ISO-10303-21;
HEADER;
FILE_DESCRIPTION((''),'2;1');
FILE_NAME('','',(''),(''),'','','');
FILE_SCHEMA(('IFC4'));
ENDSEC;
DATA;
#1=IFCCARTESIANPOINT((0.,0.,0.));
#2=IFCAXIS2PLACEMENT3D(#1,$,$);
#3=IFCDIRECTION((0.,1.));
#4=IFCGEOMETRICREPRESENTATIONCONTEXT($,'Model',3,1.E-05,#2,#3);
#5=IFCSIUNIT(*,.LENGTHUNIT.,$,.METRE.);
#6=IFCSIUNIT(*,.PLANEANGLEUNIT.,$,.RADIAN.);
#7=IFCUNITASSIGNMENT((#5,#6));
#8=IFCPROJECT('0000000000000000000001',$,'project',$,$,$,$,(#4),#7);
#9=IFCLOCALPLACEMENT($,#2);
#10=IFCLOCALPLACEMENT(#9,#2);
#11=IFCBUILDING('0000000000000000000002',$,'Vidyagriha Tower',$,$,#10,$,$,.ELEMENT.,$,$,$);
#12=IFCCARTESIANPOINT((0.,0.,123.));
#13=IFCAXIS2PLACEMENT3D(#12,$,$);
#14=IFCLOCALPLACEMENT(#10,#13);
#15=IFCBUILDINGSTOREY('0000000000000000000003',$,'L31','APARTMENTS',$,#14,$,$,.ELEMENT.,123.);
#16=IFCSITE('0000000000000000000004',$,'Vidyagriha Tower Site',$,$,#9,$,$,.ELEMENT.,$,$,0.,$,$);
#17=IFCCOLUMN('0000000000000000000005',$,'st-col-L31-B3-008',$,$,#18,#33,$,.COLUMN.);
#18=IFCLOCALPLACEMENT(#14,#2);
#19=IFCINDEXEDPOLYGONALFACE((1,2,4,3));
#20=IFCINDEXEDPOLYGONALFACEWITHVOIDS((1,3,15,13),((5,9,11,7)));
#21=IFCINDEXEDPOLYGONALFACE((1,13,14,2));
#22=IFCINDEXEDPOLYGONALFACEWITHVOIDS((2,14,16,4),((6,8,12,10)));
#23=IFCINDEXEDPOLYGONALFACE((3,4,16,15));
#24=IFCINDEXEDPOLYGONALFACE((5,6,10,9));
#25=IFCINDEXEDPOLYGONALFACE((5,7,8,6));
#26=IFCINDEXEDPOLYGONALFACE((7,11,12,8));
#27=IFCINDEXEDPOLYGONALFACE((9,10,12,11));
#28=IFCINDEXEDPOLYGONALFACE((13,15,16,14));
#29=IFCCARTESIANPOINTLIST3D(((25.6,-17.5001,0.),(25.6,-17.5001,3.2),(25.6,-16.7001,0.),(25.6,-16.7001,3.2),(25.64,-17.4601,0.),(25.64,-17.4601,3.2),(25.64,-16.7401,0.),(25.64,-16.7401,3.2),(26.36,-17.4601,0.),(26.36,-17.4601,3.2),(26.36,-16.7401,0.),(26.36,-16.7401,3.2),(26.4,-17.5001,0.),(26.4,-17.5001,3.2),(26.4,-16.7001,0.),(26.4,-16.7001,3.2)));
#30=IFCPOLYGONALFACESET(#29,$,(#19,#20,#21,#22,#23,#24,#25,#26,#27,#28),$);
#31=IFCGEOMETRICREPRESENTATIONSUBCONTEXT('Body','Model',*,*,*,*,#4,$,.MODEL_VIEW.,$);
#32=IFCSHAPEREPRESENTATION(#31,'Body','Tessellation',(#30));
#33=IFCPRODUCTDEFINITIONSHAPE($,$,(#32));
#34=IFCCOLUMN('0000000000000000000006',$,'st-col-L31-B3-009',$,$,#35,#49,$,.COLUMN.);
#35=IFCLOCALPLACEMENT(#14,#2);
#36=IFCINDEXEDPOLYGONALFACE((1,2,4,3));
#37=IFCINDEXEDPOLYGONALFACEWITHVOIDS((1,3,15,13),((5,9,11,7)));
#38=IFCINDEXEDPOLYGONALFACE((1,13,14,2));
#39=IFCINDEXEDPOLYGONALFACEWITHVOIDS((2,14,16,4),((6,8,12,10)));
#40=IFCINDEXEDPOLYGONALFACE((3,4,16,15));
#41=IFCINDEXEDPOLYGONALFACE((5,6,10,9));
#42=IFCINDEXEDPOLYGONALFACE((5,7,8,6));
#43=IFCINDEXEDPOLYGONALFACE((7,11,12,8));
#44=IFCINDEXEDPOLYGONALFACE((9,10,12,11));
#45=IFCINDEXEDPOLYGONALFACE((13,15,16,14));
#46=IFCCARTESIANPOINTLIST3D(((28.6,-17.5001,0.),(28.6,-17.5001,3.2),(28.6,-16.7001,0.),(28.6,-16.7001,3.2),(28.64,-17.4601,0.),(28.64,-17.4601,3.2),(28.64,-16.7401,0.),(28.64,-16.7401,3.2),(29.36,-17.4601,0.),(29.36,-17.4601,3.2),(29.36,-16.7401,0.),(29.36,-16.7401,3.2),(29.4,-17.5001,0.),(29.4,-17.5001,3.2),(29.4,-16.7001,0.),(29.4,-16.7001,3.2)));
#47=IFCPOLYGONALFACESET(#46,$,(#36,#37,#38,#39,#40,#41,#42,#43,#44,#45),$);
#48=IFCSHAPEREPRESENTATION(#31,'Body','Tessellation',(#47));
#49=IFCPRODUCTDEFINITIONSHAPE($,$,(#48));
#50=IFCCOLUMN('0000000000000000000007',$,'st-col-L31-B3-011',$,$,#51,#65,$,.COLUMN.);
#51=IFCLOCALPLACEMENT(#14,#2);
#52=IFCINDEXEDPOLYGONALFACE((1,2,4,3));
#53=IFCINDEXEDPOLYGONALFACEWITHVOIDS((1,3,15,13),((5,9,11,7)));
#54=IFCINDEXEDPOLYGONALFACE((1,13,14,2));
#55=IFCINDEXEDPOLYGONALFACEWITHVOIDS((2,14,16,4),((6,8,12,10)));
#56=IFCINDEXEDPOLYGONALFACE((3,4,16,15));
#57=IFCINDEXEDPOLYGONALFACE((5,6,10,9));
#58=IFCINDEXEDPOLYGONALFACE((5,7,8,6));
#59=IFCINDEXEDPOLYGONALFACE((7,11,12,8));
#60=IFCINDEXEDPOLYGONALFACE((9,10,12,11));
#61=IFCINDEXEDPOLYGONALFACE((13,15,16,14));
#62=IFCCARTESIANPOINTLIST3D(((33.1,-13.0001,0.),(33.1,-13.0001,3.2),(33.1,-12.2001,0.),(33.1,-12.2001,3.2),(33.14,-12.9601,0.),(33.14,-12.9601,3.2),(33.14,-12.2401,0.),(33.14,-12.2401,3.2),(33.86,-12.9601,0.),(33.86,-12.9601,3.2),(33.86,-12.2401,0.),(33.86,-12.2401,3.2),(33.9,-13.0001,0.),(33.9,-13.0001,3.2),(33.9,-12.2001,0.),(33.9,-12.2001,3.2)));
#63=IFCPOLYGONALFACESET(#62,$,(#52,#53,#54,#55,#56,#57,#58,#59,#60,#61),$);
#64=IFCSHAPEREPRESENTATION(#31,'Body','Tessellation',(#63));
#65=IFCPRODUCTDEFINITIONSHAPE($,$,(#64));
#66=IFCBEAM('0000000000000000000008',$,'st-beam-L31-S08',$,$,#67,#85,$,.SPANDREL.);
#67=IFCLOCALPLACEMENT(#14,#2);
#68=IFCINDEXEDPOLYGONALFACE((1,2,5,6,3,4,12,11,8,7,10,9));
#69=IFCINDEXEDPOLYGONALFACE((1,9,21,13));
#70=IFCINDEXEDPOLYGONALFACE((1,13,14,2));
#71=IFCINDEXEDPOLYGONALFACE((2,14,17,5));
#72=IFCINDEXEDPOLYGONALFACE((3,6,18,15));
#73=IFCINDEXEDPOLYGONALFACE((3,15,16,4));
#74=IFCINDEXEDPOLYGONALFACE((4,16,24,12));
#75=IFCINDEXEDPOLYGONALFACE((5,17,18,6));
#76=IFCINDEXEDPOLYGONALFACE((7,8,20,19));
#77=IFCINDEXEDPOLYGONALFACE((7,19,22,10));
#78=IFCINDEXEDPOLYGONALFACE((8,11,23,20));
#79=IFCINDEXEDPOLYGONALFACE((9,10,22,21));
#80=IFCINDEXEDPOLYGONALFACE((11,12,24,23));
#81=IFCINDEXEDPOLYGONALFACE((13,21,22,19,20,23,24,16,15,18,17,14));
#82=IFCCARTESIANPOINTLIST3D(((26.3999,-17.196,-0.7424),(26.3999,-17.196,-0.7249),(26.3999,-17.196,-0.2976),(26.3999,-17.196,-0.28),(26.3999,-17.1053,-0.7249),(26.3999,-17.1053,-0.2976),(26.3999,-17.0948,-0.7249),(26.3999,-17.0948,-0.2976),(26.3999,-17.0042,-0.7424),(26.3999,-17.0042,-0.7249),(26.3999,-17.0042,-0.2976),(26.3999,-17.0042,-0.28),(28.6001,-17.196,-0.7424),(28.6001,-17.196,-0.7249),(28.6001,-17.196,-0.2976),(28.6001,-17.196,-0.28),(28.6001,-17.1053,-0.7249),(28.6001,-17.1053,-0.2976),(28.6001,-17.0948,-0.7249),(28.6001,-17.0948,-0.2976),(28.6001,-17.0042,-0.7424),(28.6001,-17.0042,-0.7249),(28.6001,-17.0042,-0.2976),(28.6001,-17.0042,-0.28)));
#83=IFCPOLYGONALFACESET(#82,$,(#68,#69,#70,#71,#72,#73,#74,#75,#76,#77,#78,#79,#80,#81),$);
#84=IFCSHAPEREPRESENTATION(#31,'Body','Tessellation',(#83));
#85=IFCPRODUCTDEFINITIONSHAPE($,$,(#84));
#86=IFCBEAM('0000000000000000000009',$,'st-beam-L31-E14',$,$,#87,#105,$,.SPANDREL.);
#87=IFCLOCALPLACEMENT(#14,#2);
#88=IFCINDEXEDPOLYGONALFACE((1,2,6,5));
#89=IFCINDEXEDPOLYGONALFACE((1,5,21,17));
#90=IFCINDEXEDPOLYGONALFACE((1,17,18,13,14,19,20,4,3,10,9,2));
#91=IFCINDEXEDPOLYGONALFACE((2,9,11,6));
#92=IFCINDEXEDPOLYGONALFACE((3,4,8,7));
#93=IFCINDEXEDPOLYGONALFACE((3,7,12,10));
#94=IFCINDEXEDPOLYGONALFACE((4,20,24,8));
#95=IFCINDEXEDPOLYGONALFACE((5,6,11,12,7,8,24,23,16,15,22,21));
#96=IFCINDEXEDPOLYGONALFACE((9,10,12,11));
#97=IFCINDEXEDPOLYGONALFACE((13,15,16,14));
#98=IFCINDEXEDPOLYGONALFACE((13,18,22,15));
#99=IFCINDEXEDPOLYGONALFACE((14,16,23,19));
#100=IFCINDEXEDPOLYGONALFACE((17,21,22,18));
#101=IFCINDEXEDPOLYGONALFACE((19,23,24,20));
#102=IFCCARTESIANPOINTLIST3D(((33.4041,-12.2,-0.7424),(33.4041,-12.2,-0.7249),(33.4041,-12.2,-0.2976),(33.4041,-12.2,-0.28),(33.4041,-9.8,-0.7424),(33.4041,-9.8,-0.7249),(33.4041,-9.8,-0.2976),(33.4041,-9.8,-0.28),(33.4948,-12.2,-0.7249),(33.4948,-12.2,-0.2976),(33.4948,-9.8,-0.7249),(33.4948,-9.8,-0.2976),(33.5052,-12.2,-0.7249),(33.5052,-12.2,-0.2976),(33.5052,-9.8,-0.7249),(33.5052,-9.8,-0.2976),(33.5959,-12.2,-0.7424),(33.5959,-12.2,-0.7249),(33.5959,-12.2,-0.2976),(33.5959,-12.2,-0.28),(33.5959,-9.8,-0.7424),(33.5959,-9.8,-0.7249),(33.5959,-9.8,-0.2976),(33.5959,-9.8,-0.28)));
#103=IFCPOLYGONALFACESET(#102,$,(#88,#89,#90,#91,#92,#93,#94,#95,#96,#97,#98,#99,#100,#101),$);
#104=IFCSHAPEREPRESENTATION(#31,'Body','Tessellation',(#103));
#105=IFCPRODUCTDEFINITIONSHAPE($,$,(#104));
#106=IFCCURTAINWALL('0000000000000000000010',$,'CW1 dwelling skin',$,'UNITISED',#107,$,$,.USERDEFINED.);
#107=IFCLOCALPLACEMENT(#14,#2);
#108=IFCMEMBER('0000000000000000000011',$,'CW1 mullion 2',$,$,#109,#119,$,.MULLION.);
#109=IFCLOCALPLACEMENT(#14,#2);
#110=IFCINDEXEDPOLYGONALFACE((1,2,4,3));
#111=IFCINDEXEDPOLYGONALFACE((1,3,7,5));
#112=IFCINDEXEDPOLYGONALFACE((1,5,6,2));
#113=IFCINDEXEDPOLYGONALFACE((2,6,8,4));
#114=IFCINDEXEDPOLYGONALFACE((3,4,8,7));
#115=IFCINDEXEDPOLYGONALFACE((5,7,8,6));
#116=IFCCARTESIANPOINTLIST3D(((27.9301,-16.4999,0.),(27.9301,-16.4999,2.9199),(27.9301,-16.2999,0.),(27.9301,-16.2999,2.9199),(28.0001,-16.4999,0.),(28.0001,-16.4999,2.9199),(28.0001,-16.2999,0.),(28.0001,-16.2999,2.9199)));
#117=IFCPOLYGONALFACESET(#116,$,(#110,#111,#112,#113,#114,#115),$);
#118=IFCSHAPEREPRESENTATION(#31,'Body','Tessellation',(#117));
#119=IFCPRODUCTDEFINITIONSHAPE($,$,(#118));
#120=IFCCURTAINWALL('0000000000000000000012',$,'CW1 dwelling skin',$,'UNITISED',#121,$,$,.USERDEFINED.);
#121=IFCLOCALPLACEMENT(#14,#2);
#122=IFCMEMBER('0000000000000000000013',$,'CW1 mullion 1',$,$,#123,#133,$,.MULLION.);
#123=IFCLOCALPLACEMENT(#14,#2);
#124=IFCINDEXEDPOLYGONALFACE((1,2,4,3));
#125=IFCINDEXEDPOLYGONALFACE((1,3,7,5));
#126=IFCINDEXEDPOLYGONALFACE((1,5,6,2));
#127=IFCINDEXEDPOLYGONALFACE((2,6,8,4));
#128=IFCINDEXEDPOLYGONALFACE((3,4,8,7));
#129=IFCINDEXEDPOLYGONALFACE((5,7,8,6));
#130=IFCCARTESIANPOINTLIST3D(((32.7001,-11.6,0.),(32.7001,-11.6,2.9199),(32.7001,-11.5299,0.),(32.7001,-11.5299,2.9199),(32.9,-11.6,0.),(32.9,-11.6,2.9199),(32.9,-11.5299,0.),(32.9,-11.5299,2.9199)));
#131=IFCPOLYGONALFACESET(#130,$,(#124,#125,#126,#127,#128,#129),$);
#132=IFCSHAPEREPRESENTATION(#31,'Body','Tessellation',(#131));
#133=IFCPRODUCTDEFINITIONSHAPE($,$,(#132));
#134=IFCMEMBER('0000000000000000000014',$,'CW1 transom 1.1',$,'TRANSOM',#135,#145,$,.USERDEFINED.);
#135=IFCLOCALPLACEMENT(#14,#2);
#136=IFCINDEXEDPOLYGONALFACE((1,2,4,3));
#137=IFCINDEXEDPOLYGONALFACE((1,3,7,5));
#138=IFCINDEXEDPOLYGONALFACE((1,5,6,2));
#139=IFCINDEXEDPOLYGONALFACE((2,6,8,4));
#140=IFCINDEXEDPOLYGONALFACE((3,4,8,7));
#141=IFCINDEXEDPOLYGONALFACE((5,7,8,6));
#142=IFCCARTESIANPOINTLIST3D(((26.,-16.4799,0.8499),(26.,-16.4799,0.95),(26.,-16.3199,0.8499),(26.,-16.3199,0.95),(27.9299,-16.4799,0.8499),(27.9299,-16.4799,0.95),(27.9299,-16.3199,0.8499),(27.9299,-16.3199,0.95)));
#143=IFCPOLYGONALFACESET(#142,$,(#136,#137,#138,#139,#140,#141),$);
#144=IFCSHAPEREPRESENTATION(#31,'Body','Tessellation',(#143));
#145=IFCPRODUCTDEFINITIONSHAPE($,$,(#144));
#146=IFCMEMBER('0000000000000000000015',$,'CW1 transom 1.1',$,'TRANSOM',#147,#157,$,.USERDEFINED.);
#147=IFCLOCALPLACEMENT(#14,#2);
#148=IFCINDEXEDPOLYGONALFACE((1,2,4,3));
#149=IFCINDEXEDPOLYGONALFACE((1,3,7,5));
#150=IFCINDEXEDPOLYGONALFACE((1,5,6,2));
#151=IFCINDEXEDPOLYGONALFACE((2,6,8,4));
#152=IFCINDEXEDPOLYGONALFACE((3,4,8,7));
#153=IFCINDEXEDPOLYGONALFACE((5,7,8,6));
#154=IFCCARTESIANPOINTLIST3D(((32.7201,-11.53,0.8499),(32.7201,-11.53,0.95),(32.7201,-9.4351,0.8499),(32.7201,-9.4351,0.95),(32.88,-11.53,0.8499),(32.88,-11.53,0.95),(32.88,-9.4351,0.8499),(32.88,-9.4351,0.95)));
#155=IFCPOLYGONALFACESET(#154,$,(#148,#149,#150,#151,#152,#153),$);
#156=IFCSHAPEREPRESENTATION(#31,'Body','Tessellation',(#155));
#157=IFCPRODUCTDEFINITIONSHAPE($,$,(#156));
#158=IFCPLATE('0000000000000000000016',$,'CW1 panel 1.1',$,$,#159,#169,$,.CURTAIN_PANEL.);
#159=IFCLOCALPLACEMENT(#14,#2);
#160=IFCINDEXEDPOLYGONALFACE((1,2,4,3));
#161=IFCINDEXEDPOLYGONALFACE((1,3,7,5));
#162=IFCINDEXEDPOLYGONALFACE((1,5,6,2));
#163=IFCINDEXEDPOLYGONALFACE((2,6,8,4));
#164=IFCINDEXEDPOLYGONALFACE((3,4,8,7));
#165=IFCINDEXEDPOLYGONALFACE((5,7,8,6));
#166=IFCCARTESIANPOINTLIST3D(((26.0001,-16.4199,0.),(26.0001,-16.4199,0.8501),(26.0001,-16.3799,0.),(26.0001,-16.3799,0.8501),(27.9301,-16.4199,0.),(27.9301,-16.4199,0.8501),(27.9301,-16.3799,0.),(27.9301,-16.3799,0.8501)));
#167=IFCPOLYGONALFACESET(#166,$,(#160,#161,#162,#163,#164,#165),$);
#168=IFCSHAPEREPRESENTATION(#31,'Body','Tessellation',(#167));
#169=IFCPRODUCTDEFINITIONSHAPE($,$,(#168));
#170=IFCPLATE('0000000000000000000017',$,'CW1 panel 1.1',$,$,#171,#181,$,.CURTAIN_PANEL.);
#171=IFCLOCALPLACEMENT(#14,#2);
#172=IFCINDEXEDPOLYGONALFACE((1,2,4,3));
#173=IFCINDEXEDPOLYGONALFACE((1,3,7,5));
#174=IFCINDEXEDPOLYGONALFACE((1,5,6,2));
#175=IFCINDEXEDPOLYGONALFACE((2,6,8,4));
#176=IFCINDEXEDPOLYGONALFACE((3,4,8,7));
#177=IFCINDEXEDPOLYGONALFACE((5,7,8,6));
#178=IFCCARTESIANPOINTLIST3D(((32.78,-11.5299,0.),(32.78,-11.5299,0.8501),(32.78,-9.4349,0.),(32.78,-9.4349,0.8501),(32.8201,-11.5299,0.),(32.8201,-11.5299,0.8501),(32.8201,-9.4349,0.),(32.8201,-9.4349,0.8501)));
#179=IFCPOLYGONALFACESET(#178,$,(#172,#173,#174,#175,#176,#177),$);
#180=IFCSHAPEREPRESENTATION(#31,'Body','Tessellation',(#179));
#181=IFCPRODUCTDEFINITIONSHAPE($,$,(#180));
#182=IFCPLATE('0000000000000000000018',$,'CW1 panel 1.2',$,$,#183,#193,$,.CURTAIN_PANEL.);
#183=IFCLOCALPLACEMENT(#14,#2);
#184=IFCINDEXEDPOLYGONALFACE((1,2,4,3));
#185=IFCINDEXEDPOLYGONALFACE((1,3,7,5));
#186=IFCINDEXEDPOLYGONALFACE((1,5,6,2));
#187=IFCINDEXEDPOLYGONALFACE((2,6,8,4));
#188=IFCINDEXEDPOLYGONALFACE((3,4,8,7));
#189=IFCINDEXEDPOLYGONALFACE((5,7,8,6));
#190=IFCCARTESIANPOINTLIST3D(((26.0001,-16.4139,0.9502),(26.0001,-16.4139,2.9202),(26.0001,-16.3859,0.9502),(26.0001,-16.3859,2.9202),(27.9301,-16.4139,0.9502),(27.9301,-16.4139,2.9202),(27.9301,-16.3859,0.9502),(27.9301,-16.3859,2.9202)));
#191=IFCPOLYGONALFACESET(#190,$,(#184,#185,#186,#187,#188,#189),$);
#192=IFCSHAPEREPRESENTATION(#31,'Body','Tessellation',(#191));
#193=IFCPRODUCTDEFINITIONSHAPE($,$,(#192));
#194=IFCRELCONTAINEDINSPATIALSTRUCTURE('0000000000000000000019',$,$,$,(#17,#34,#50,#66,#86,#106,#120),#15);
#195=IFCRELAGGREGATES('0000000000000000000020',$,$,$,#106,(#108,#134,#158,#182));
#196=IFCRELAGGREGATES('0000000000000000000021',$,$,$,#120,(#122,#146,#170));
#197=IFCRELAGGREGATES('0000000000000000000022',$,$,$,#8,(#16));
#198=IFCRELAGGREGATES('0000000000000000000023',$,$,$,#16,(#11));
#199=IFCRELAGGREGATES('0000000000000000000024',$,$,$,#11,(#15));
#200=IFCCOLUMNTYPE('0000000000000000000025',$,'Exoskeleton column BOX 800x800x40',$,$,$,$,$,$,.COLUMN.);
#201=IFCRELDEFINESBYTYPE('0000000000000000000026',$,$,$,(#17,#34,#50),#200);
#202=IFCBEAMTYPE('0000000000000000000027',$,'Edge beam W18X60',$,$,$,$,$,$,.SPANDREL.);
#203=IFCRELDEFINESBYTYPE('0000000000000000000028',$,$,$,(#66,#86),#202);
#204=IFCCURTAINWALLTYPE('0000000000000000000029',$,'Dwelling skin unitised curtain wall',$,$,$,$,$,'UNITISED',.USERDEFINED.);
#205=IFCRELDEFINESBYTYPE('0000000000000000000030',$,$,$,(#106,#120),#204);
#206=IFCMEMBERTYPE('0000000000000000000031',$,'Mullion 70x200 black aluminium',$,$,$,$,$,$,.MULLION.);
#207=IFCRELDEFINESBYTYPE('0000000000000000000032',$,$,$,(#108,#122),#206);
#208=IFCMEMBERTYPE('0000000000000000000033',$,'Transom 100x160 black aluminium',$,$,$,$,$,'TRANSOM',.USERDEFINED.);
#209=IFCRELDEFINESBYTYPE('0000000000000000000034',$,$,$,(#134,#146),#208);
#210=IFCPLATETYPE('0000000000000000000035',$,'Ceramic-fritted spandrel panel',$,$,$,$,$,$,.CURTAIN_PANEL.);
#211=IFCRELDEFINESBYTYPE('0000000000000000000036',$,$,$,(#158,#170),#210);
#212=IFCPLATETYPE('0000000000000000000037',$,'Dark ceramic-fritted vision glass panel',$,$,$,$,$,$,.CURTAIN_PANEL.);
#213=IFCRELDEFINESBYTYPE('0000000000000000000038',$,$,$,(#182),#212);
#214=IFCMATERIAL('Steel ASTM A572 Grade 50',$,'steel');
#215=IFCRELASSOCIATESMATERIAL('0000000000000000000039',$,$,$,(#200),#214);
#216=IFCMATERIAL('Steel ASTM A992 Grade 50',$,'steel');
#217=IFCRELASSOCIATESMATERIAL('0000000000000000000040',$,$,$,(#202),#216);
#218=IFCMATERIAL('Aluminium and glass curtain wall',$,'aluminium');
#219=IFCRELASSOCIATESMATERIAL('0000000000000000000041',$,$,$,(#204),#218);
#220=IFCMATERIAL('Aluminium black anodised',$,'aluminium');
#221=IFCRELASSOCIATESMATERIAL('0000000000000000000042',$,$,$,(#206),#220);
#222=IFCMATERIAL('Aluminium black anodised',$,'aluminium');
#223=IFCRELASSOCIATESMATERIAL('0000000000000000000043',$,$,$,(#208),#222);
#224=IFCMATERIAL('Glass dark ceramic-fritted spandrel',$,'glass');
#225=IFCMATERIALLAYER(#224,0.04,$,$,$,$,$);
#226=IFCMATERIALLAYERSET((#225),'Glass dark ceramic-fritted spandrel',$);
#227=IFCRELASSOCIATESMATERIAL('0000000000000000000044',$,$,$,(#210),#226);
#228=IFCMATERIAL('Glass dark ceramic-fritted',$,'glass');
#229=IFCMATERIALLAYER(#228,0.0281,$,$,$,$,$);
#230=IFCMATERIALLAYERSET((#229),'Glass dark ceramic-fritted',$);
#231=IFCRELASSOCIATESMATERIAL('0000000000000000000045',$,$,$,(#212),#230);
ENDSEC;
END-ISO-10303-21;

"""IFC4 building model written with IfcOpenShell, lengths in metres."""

from ifc_helpers import new_model, si_unit, direction, frame, origin, origin_2d, place, context, subcontext, project, spatial, rectangle, hollow_rectangle, i_section, extrude, material, layer, layer_set, material_profile, profile_set, type_object, element, aggregate, save


model = new_model("IFC4")

# Units and contexts
model_context = context("Model", 3, precision=1e-05, world=origin(), true_north=direction((0.0, 1.0)))
body_context = subcontext(model_context, "Body", "Model", "MODEL_VIEW")
ifc_project = project(units=[si_unit("LENGTHUNIT", "METRE"), si_unit("PLANEANGLEUNIT", "RADIAN")], contexts=[model_context])

# Site, building, storey
site_placement = place(None, origin())
site = spatial("IfcSite", under=ifc_project, at=site_placement, Name="Vidyagriha Tower Site", CompositionType="ELEMENT", RefElevation=0.0)
building_placement = place(site_placement, origin())
building = spatial("IfcBuilding", under=site, at=building_placement, Name="Vidyagriha Tower", CompositionType="ELEMENT")
storey_placement = place(building_placement, frame((0.0, 0.0, 123.0)))
storey = spatial("IfcBuildingStorey", under=building, at=storey_placement, Name="L31", Description="APARTMENTS", CompositionType="ELEMENT", Elevation=123.0)

# Columns
ifc_material_1 = material(Name="Steel ASTM A572 Grade 50", Category="steel")
ifc_material_profile_1 = material_profile(ifc_material_1, hollow_rectangle(XDim=0.8, YDim=0.8, WallThickness=0.04, at=origin_2d()), Name="BOX 800x800x40")
ifc_profile_set_1 = profile_set([ifc_material_profile_1], Name="Steel ASTM A572 Grade 50")
column_type = type_object("IfcColumnType", Name="Exoskeleton column BOX 800x800x40", PredefinedType="COLUMN", material=ifc_profile_set_1)
for number, where, name in (
    (1, (26.0, -17.1001, 0.0), "st-col-L31-B3-008"),
    (2, (29.0, -17.1001, 0.0), "st-col-L31-B3-009"),
    (3, (33.5, -12.6001, 0.0), "st-col-L31-B3-011"),
):
    element("IfcColumn", number, at=place(storey_placement, frame(where)), inside=storey, type_object=column_type, Name=name, PredefinedType="COLUMN", context=body_context, shape_type="SweptSolid", body=[
        extrude(hollow_rectangle(XDim=0.8, YDim=0.8, WallThickness=0.04, at=origin_2d()), origin(), (0.0, 0.0, 1.0), 3.2),
    ])

# Beams
ifc_material_2 = material(Name="Steel ASTM A992 Grade 50", Category="steel")
ifc_material_profile_2 = material_profile(ifc_material_2, i_section(OverallWidth=0.1919, OverallDepth=0.4624, WebThickness=0.0105, FlangeThickness=0.0176, at=origin_2d()), Name="W18X60")
ifc_profile_set_2 = profile_set([ifc_material_profile_2], Name="Steel ASTM A992 Grade 50")
beam_type = type_object("IfcBeamType", Name="Edge beam W18X60", PredefinedType="SPANDREL", material=ifc_profile_set_2)
beam_1_placement = place(storey_placement, frame((26.3999, -17.1001, -0.5112), z_axis=(1.0, 0.0, 0.0), x_axis=(0.0, 1.0, 0.0)))
element("IfcBeam", 4, at=beam_1_placement, inside=storey, type_object=beam_type, Name="st-beam-L31-S08", PredefinedType="SPANDREL", context=body_context, shape_type="SweptSolid", body=[
    extrude(i_section(OverallWidth=0.1919, OverallDepth=0.4624, WebThickness=0.0105, FlangeThickness=0.0176, at=origin_2d()), origin(), (0.0, 0.0, 1.0), 2.2002),
])
beam_2_placement = place(storey_placement, frame((33.5, -12.2, -0.5112), z_axis=(0.0, 1.0, 0.0), x_axis=(-1.0, 0.0, 0.0)))
element("IfcBeam", 5, at=beam_2_placement, inside=storey, type_object=beam_type, Name="st-beam-L31-E14", PredefinedType="SPANDREL", context=body_context, shape_type="SweptSolid", body=[
    extrude(i_section(OverallWidth=0.1919, OverallDepth=0.4624, WebThickness=0.0105, FlangeThickness=0.0176, at=origin_2d()), origin(), (0.0, 0.0, 1.0), 2.3999),
])

# Curtain walls, members
ifc_material_3 = material(Name="Aluminium and glass curtain wall", Category="aluminium")
curtain_wall_type = type_object("IfcCurtainWallType", Name="Dwelling skin unitised curtain wall", ElementType="UNITISED", PredefinedType="USERDEFINED", material=ifc_material_3)
curtain_wall_1_placement = place(storey_placement, origin())
curtain_wall_1 = element("IfcCurtainWall", 6, at=curtain_wall_1_placement, inside=storey, type_object=curtain_wall_type, Name="CW1 dwelling skin", ObjectType="UNITISED", PredefinedType="USERDEFINED")
ifc_material_4 = material(Name="Aluminium black anodised", Category="aluminium")
ifc_material_profile_3 = material_profile(ifc_material_4, rectangle(XDim=0.2, YDim=0.0701, at=origin_2d()), Name="Mullion 70x200 black aluminium")
ifc_profile_set_3 = profile_set([ifc_material_profile_3], Name="Aluminium black anodised")
member_type_1 = type_object("IfcMemberType", Name="Mullion 70x200 black aluminium", PredefinedType="MULLION", material=ifc_profile_set_3)
member_1_placement = place(storey_placement, frame((27.9651, -16.3999, 0.0), z_axis=(0.0, 0.0, 1.0), x_axis=(0.0, 1.0, 0.0)))
member_1 = element("IfcMember", 7, at=member_1_placement, type_object=member_type_1, Name="CW1 mullion 2", PredefinedType="MULLION", context=body_context, shape_type="SweptSolid", body=[
    extrude(rectangle(XDim=0.2, YDim=0.0701, at=origin_2d()), origin(), (0.0, 0.0, 1.0), 2.9199),
])
curtain_wall_2_placement = place(storey_placement, origin())
curtain_wall_2 = element("IfcCurtainWall", 8, at=curtain_wall_2_placement, inside=storey, type_object=curtain_wall_type, Name="CW1 dwelling skin", ObjectType="UNITISED", PredefinedType="USERDEFINED")
member_2_placement = place(storey_placement, frame((32.8, -11.5649, 0.0), z_axis=(0.0, 0.0, 1.0), x_axis=(-1.0, 0.0, 0.0)))
member_2 = element("IfcMember", 9, at=member_2_placement, type_object=member_type_1, Name="CW1 mullion 1", PredefinedType="MULLION", context=body_context, shape_type="SweptSolid", body=[
    extrude(rectangle(XDim=0.2, YDim=0.0701, at=origin_2d()), origin(), (0.0, 0.0, 1.0), 2.9199),
])

# Members
ifc_material_5 = material(Name="Aluminium black anodised", Category="aluminium")
ifc_material_profile_4 = material_profile(ifc_material_5, rectangle(XDim=0.1599, YDim=0.1001, at=origin_2d()), Name="Transom 100x160 black aluminium")
ifc_profile_set_4 = profile_set([ifc_material_profile_4], Name="Aluminium black anodised")
member_type_2 = type_object("IfcMemberType", Name="Transom 100x160 black aluminium", ElementType="TRANSOM", PredefinedType="USERDEFINED", material=ifc_profile_set_4)
member_3_placement = place(storey_placement, frame((26.0, -16.3999, 0.8999), z_axis=(1.0, 0.0, 0.0), x_axis=(0.0, 1.0, 0.0)))
member_3 = element("IfcMember", 10, at=member_3_placement, type_object=member_type_2, Name="CW1 transom 1.1", ObjectType="TRANSOM", PredefinedType="USERDEFINED", context=body_context, shape_type="SweptSolid", body=[
    extrude(rectangle(XDim=0.1599, YDim=0.1001, at=origin_2d()), origin(), (0.0, 0.0, 1.0), 1.9299),
])
member_4_placement = place(storey_placement, frame((32.8, -11.53, 0.8999), z_axis=(0.0, 1.0, 0.0), x_axis=(-1.0, 0.0, 0.0)))
member_4 = element("IfcMember", 11, at=member_4_placement, type_object=member_type_2, Name="CW1 transom 1.1", ObjectType="TRANSOM", PredefinedType="USERDEFINED", context=body_context, shape_type="SweptSolid", body=[
    extrude(rectangle(XDim=0.1599, YDim=0.1001, at=origin_2d()), origin(), (0.0, 0.0, 1.0), 2.095),
])

# Plates
ifc_material_6 = material(Name="Glass dark ceramic-fritted spandrel", Category="glass")
ifc_layer_1 = layer(ifc_material_6, 0.04)
ifc_layer_set_1 = layer_set([ifc_layer_1], Name="Glass dark ceramic-fritted spandrel")
plate_type_1 = type_object("IfcPlateType", Name="Ceramic-fritted spandrel panel", PredefinedType="CURTAIN_PANEL", material=ifc_layer_set_1)
plate_1_placement = place(storey_placement, frame((26.9651, -16.3999, 0.0)))
plate_1 = element("IfcPlate", 12, at=plate_1_placement, type_object=plate_type_1, Name="CW1 panel 1.1", PredefinedType="CURTAIN_PANEL", context=body_context, shape_type="SweptSolid", body=[
    extrude(rectangle(XDim=1.9299, YDim=0.04, at=origin_2d()), origin(), (0.0, 0.0, 1.0), 0.8501),
])
plate_2_placement = place(storey_placement, frame((32.8, -10.4824, 0.0), z_axis=(0.0, 0.0, 1.0), x_axis=(0.0, 1.0, 0.0)))
plate_2 = element("IfcPlate", 13, at=plate_2_placement, type_object=plate_type_1, Name="CW1 panel 1.1", PredefinedType="CURTAIN_PANEL", context=body_context, shape_type="SweptSolid", body=[
    extrude(rectangle(XDim=2.095, YDim=0.04, at=origin_2d()), origin(), (0.0, 0.0, 1.0), 0.8501),
])
ifc_material_7 = material(Name="Glass dark ceramic-fritted", Category="glass")
ifc_layer_2 = layer(ifc_material_7, 0.0281)
ifc_layer_set_2 = layer_set([ifc_layer_2], Name="Glass dark ceramic-fritted")
plate_type_2 = type_object("IfcPlateType", Name="Dark ceramic-fritted vision glass panel", PredefinedType="CURTAIN_PANEL", material=ifc_layer_set_2)
plate_3_placement = place(storey_placement, frame((26.9651, -16.3999, 0.9502)))
plate_3 = element("IfcPlate", 14, at=plate_3_placement, type_object=plate_type_2, Name="CW1 panel 1.2", PredefinedType="CURTAIN_PANEL", context=body_context, shape_type="SweptSolid", body=[
    extrude(rectangle(XDim=1.9299, YDim=0.0281, at=origin_2d()), origin(), (0.0, 0.0, 1.0), 1.97),
])
aggregate(curtain_wall_1, [member_1, member_3, plate_1, plate_3])
aggregate(curtain_wall_2, [member_2, member_4, plate_2])

save(model, "model.ifc")
